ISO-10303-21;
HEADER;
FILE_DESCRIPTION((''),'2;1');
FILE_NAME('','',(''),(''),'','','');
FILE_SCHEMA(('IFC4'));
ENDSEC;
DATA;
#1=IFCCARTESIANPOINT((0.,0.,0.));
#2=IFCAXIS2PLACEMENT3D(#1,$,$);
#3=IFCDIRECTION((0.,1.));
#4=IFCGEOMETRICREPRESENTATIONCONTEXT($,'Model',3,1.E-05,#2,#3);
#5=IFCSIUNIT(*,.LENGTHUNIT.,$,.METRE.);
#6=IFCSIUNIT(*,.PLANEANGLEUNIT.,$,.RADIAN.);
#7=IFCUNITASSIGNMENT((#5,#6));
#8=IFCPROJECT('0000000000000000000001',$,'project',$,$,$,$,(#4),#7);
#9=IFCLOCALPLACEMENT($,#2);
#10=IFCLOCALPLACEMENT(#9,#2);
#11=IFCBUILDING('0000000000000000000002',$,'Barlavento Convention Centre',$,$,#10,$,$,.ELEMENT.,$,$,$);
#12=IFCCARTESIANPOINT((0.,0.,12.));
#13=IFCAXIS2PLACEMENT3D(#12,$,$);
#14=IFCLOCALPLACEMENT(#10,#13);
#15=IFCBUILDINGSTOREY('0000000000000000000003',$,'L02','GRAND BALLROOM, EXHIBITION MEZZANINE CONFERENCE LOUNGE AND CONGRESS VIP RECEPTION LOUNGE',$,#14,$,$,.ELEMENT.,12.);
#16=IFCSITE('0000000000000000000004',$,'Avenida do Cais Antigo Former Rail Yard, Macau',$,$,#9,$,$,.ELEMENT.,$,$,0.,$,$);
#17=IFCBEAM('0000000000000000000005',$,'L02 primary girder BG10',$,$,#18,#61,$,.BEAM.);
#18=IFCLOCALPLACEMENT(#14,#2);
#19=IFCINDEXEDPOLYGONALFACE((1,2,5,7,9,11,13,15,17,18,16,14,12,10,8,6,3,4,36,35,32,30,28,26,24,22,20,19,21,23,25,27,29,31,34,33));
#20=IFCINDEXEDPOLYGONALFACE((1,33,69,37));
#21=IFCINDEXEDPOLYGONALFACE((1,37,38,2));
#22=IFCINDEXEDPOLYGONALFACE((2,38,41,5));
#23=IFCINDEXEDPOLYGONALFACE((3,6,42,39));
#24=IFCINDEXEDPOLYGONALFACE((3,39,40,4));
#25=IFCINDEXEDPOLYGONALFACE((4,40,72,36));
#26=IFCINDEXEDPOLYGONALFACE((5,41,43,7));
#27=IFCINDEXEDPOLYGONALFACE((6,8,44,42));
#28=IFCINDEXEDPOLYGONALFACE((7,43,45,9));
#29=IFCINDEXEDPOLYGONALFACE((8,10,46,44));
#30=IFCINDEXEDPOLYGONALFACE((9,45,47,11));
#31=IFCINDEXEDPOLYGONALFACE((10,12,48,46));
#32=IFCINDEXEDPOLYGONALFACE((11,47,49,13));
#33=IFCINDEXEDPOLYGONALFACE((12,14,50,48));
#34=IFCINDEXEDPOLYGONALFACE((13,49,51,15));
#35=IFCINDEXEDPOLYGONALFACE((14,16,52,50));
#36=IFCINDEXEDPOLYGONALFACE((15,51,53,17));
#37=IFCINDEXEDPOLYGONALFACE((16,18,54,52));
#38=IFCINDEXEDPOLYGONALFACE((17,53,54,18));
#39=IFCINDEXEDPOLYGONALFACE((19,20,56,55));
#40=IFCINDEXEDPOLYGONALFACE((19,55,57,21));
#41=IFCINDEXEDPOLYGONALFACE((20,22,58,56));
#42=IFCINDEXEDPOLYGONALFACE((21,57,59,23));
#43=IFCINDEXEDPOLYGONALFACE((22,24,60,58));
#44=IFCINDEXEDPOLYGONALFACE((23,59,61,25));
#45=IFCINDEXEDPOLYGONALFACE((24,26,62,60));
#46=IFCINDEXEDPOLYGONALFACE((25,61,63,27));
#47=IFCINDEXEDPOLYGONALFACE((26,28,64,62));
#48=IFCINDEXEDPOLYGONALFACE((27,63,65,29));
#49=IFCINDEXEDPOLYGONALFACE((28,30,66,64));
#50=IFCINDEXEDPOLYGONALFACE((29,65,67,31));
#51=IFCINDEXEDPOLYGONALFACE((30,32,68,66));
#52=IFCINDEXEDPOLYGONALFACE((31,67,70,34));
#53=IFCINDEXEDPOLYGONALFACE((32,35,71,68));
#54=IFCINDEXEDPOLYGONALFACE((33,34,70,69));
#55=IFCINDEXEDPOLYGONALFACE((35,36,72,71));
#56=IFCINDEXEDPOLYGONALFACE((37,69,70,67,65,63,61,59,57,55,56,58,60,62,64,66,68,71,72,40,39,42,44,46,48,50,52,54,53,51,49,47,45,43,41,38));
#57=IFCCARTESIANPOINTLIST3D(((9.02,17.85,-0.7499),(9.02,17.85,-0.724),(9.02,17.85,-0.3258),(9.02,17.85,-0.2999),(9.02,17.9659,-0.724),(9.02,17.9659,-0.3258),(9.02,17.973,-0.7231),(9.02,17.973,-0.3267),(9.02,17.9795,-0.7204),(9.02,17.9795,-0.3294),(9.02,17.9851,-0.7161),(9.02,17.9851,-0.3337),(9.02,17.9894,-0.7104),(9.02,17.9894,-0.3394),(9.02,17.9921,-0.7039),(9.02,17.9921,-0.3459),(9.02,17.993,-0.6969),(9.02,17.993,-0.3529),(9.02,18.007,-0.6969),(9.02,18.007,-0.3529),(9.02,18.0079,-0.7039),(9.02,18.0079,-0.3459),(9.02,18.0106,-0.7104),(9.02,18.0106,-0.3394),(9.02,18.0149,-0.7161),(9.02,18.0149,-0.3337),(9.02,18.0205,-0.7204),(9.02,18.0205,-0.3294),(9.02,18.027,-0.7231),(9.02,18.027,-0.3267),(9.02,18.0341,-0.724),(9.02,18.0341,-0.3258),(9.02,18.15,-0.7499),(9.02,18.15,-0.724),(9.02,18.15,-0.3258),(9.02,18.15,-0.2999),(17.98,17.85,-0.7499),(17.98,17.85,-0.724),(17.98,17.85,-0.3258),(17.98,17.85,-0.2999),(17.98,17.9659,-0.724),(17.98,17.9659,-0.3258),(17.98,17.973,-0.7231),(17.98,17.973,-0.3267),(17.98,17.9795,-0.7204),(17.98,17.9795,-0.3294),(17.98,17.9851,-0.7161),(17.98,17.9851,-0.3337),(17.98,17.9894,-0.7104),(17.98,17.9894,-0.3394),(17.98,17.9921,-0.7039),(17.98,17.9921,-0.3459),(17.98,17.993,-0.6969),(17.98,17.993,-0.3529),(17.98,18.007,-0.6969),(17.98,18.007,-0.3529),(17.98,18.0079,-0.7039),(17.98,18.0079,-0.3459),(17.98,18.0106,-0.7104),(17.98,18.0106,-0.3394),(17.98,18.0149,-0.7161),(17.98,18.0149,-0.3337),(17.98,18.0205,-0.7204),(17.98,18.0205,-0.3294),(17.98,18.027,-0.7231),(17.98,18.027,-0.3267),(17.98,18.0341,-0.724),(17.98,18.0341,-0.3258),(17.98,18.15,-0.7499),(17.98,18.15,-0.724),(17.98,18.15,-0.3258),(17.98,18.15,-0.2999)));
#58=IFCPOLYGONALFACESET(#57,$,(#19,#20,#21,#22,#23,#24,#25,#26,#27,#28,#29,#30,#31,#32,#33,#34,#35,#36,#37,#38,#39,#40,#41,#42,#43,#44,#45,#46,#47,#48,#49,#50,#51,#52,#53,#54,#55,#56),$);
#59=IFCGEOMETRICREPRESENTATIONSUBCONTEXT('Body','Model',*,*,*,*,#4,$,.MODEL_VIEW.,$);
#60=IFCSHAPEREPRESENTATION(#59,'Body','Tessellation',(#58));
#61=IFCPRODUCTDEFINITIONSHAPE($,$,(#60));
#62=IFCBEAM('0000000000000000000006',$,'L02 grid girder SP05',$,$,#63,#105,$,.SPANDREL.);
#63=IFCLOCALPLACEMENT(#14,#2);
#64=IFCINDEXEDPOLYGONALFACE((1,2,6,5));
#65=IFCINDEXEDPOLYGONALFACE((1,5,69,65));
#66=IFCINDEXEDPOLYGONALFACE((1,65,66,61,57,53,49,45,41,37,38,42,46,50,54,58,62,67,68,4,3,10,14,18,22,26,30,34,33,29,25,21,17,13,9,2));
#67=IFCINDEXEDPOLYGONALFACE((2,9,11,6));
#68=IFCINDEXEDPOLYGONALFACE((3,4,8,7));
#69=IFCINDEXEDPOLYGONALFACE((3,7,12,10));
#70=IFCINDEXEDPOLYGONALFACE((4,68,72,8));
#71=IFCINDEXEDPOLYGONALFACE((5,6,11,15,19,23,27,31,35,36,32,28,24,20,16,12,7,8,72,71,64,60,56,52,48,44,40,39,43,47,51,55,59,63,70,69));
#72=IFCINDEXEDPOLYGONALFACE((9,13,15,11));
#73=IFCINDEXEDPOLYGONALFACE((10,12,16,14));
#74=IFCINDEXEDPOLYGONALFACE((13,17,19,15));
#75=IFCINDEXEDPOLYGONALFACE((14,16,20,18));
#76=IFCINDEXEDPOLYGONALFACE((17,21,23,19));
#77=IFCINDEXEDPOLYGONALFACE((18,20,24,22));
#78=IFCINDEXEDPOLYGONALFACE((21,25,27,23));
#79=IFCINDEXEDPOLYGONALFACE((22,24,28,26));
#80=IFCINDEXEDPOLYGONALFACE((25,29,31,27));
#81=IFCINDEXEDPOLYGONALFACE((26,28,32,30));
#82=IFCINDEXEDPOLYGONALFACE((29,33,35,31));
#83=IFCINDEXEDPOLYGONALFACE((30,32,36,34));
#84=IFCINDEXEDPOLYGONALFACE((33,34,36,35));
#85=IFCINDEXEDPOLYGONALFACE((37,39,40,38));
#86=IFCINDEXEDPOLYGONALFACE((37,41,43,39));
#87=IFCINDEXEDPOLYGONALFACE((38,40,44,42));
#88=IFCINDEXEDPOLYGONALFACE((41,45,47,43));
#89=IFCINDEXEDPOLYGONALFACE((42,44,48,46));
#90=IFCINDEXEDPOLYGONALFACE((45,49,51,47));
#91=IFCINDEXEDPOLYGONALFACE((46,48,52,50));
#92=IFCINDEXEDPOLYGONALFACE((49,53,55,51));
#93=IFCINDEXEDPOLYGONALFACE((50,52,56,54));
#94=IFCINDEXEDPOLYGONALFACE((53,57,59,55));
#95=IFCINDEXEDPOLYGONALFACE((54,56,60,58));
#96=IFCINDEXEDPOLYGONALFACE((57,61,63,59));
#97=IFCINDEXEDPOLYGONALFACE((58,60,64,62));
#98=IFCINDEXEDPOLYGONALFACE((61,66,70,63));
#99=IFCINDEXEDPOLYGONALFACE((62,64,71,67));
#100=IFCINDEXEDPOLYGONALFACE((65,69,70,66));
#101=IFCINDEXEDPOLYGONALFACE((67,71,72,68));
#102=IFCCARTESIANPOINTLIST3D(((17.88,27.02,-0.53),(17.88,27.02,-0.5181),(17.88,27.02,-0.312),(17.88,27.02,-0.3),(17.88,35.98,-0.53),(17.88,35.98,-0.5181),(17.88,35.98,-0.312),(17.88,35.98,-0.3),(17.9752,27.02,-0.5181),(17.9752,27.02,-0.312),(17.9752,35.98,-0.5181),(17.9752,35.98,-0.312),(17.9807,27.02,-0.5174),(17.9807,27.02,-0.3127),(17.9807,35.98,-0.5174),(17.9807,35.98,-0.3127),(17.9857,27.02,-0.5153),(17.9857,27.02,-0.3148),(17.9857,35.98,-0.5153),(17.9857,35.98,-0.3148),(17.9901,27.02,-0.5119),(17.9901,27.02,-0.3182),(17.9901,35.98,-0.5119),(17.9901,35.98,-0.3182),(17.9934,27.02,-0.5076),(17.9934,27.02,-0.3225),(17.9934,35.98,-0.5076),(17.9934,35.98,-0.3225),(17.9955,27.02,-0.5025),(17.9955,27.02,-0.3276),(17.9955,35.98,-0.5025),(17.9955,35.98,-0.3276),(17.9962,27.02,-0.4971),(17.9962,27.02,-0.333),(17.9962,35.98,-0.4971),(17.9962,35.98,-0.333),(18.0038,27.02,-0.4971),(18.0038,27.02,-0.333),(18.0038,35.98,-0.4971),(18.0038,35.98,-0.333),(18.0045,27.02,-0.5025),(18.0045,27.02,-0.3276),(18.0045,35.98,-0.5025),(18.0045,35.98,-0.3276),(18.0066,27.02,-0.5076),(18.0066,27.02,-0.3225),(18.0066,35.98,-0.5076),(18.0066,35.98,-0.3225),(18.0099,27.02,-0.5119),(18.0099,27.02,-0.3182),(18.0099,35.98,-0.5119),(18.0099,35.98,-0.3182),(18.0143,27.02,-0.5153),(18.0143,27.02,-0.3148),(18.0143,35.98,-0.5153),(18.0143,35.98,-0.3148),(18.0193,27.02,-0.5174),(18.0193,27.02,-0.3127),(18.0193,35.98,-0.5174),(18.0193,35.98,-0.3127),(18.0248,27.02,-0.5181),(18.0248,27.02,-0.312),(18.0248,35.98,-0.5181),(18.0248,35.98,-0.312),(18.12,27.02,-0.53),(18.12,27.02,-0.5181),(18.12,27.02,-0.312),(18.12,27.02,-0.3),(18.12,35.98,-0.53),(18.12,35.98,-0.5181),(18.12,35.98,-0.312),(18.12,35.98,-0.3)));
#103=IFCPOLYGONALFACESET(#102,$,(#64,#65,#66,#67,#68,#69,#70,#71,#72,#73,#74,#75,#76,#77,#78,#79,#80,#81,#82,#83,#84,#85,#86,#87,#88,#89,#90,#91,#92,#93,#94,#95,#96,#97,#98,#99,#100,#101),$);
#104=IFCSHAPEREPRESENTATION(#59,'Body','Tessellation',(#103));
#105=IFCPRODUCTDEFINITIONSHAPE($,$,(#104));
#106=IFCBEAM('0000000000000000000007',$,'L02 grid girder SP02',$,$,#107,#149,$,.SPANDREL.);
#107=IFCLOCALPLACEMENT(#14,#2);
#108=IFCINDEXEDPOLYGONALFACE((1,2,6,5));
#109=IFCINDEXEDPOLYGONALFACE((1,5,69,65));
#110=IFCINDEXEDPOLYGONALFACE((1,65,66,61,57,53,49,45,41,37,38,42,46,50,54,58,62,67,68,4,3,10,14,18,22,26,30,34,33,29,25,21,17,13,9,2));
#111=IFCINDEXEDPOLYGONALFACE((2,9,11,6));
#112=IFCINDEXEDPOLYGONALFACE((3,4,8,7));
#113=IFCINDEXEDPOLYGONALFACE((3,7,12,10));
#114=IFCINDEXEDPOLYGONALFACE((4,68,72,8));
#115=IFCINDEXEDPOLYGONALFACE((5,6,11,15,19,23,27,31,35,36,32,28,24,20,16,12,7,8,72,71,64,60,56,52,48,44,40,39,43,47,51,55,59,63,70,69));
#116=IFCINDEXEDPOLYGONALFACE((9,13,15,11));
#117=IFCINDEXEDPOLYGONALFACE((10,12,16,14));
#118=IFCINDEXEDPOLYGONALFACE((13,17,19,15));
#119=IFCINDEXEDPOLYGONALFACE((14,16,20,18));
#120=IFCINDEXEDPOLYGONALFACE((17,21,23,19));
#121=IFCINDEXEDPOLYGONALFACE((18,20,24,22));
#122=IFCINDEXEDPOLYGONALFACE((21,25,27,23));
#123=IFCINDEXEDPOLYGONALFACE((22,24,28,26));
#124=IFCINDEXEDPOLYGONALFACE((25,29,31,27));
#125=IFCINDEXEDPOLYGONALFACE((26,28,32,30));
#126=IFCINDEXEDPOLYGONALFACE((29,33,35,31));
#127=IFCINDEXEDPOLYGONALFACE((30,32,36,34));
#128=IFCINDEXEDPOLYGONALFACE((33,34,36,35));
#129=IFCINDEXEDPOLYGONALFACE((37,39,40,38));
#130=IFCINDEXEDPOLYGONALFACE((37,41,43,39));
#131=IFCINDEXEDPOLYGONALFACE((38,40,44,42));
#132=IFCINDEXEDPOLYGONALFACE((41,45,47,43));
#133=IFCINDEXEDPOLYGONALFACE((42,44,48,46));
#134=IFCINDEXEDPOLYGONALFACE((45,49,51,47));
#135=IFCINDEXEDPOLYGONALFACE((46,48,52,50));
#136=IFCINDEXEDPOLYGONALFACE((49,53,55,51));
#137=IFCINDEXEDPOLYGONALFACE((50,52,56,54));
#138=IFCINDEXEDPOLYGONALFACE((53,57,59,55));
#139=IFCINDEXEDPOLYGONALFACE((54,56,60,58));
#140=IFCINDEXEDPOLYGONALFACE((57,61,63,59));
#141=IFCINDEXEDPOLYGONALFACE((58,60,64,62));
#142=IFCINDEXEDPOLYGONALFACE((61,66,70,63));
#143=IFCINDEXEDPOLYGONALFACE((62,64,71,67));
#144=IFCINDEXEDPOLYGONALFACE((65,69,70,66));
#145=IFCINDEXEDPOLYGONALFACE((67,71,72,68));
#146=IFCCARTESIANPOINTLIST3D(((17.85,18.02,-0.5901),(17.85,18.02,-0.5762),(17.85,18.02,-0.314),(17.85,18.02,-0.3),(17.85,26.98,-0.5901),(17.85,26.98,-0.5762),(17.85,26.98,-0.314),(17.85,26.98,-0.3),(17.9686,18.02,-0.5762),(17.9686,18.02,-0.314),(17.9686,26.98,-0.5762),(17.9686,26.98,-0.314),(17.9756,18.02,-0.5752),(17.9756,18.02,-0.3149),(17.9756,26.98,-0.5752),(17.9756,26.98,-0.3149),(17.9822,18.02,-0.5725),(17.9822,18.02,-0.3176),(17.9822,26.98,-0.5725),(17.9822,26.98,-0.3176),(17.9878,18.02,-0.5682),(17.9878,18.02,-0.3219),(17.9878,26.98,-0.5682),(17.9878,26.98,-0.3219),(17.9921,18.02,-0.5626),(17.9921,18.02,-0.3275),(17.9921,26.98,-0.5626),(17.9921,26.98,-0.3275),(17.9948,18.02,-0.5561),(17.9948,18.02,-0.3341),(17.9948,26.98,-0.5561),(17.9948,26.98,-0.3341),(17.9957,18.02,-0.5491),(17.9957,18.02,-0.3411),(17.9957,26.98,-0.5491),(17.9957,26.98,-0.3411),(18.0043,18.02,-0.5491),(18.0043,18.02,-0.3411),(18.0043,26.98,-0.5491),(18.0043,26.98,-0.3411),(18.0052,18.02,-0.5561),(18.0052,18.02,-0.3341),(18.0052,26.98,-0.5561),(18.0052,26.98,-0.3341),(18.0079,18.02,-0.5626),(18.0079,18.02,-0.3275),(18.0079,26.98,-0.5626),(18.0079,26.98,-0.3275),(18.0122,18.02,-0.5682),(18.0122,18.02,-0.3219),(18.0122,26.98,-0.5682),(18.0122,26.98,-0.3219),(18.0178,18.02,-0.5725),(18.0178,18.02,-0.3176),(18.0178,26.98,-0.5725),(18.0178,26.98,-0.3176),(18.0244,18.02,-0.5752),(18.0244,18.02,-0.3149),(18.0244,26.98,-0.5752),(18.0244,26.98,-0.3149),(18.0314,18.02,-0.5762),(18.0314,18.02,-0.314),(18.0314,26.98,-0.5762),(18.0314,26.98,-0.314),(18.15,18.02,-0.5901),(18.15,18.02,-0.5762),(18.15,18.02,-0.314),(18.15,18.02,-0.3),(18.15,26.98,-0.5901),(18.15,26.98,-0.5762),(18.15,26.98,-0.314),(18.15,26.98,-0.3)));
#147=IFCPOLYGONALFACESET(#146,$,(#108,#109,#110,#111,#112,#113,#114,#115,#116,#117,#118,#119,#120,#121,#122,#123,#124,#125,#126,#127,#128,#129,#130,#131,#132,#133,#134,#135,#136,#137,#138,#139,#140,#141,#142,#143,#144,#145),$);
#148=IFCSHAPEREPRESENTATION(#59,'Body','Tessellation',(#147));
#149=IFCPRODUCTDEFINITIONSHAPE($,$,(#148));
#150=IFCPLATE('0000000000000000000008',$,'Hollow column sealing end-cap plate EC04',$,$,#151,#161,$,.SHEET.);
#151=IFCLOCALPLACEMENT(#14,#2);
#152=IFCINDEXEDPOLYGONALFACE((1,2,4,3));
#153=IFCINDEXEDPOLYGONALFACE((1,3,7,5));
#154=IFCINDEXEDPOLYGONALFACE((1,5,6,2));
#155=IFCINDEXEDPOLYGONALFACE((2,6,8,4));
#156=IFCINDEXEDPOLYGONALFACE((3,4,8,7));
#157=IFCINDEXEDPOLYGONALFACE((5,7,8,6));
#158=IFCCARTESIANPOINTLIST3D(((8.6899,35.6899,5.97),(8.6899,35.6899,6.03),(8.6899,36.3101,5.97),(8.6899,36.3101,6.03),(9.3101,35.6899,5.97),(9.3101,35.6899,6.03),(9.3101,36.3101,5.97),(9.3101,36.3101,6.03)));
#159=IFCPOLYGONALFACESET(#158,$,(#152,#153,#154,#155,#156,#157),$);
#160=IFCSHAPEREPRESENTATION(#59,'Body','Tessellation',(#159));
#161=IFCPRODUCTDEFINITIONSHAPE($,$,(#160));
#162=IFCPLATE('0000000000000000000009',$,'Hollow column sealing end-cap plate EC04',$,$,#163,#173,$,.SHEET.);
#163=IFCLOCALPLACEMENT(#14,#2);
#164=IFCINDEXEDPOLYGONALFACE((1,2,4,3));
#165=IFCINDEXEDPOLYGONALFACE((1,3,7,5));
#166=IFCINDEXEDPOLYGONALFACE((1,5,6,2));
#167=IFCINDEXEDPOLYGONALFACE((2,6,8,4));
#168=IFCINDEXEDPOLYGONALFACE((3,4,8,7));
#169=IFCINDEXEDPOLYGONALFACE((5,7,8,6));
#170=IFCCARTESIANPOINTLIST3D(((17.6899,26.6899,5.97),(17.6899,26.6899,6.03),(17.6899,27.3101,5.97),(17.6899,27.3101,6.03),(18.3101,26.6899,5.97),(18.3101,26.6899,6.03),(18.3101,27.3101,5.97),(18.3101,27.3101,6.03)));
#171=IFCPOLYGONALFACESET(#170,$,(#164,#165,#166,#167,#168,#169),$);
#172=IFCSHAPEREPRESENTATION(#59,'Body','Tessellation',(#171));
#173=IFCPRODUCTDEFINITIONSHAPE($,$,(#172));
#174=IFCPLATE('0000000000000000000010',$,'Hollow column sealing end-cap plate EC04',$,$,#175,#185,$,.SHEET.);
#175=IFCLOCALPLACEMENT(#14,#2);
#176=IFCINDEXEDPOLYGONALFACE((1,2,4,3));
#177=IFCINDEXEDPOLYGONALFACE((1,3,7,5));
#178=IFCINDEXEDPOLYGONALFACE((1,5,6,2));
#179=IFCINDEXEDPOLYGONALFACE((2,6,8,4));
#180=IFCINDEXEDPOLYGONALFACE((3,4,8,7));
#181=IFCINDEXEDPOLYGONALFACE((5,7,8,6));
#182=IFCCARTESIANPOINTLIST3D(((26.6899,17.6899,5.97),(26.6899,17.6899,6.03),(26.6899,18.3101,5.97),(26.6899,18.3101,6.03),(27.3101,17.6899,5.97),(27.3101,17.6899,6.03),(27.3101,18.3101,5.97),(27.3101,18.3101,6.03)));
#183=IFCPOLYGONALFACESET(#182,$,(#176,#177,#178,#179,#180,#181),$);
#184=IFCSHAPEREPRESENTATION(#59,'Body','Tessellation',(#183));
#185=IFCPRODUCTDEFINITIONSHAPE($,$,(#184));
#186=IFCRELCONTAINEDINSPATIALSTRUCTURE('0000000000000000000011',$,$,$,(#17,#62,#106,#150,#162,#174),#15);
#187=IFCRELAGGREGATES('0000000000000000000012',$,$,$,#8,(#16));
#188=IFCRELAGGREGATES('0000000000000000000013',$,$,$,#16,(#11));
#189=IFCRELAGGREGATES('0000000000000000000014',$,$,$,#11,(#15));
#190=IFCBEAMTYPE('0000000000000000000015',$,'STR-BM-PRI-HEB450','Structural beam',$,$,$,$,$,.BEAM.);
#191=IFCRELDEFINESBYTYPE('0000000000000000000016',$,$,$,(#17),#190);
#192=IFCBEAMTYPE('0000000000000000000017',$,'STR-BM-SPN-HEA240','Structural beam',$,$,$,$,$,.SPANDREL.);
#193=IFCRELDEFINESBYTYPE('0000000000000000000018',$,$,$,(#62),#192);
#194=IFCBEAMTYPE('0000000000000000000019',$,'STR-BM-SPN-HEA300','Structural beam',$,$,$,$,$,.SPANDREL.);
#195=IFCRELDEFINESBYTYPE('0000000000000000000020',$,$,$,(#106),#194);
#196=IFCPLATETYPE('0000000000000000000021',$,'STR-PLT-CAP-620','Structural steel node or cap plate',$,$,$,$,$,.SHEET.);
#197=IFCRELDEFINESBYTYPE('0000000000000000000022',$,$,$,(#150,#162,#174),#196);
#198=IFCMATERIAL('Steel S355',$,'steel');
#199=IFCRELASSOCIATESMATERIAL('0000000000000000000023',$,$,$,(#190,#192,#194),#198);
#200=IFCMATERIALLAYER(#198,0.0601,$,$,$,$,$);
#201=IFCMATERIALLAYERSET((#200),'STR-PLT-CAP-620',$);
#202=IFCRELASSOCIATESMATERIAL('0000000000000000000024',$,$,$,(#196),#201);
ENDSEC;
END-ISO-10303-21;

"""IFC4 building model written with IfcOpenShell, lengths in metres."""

from ifc_helpers import new_model, si_unit, direction, frame, origin, origin_2d, place, context, subcontext, project, spatial, rectangle, i_section, extrude, material, layer, layer_set, material_profile, profile_set, type_object, element, save


model = new_model("IFC4")

# Units and contexts
model_context = context("Model", 3, precision=1e-05, world=origin(), true_north=direction((0.0, 1.0)))
body_context = subcontext(model_context, "Body", "Model", "MODEL_VIEW")
ifc_project = project(units=[si_unit("LENGTHUNIT", "METRE"), si_unit("PLANEANGLEUNIT", "RADIAN")], contexts=[model_context])

# Site, building, storey
site_placement = place(None, origin())
site = spatial("IfcSite", under=ifc_project, at=site_placement, Name="Avenida do Cais Antigo Former Rail Yard, Macau", CompositionType="ELEMENT", RefElevation=0.0)
building_placement = place(site_placement, origin())
building = spatial("IfcBuilding", under=site, at=building_placement, Name="Barlavento Convention Centre", CompositionType="ELEMENT")
storey_placement = place(building_placement, frame((0.0, 0.0, 12.0)))
storey = spatial("IfcBuildingStorey", under=building, at=storey_placement, Name="L02", Description="GRAND BALLROOM, EXHIBITION MEZZANINE CONFERENCE LOUNGE AND CONGRESS VIP RECEPTION LOUNGE", CompositionType="ELEMENT", Elevation=12.0)

# Shared definitions
ifc_material_1 = material(Name="Steel S355", Category="steel")

# Beams
ifc_material_profile_1 = material_profile(ifc_material_1, i_section(OverallWidth=0.3, OverallDepth=0.45, WebThickness=0.0139, FlangeThickness=0.0259, FilletRadius=0.0271, at=origin_2d()), Name="HEB 450")
ifc_profile_set_1 = profile_set([ifc_material_profile_1], Name="Steel S355")
beam_type_1 = type_object("IfcBeamType", Name="STR-BM-PRI-HEB450", Description="Structural beam", PredefinedType="BEAM", material=ifc_profile_set_1)
beam_1_placement = place(storey_placement, frame((9.02, 18.0, -0.5249), z_axis=(1.0, 0.0, 0.0), x_axis=(0.0, 1.0, 0.0)))
element("IfcBeam", 1, at=beam_1_placement, inside=storey, type_object=beam_type_1, Name="L02 primary girder BG10", PredefinedType="BEAM", context=body_context, shape_type="SweptSolid", body=[
    extrude(i_section(OverallWidth=0.3, OverallDepth=0.45, WebThickness=0.0139, FlangeThickness=0.0259, FilletRadius=0.0271, at=origin_2d()), origin(), (0.0, 0.0, 1.0), 8.96),
])
ifc_material_profile_2 = material_profile(ifc_material_1, i_section(OverallWidth=0.24, OverallDepth=0.23, WebThickness=0.0076, FlangeThickness=0.012, FilletRadius=0.021, at=origin_2d()), Name="HEA 240")
ifc_profile_set_2 = profile_set([ifc_material_profile_2], Name="Steel S355")
beam_type_2 = type_object("IfcBeamType", Name="STR-BM-SPN-HEA240", Description="Structural beam", PredefinedType="SPANDREL", material=ifc_profile_set_2)
beam_2_placement = place(storey_placement, frame((18.0, 27.02, -0.415), z_axis=(0.0, 1.0, 0.0), x_axis=(-1.0, 0.0, 0.0)))
element("IfcBeam", 2, at=beam_2_placement, inside=storey, type_object=beam_type_2, Name="L02 grid girder SP05", PredefinedType="SPANDREL", context=body_context, shape_type="SweptSolid", body=[
    extrude(i_section(OverallWidth=0.24, OverallDepth=0.23, WebThickness=0.0076, FlangeThickness=0.012, FilletRadius=0.021, at=origin_2d()), origin(), (0.0, 0.0, 1.0), 8.96),
])
ifc_material_profile_3 = material_profile(ifc_material_1, i_section(OverallWidth=0.3, OverallDepth=0.29, WebThickness=0.0085, FlangeThickness=0.0139, FilletRadius=0.0271, at=origin_2d()), Name="HEA 300")
ifc_profile_set_3 = profile_set([ifc_material_profile_3], Name="Steel S355")
beam_type_3 = type_object("IfcBeamType", Name="STR-BM-SPN-HEA300", Description="Structural beam", PredefinedType="SPANDREL", material=ifc_profile_set_3)
beam_3_placement = place(storey_placement, frame((18.0, 18.02, -0.4451), z_axis=(0.0, 1.0, 0.0), x_axis=(-1.0, 0.0, 0.0)))
element("IfcBeam", 3, at=beam_3_placement, inside=storey, type_object=beam_type_3, Name="L02 grid girder SP02", PredefinedType="SPANDREL", context=body_context, shape_type="SweptSolid", body=[
    extrude(i_section(OverallWidth=0.3, OverallDepth=0.29, WebThickness=0.0085, FlangeThickness=0.0139, FilletRadius=0.0271, at=origin_2d()), origin(), (0.0, 0.0, 1.0), 8.96),
])

# Plates
ifc_layer_1 = layer(ifc_material_1, 0.0601)
ifc_layer_set_1 = layer_set([ifc_layer_1], Name="STR-PLT-CAP-620")
plate_type = type_object("IfcPlateType", Name="STR-PLT-CAP-620", Description="Structural steel node or cap plate", PredefinedType="SHEET", material=ifc_layer_set_1)
for number, where, z_axis, x_axis, name in (
    (4, (9.0, 36.0, 5.97), (0.0, 0.0, 1.0), (1.0, 0.0, 0.0), "Hollow column sealing end-cap plate EC04"),
    (5, (18.0, 27.0, 5.97), (0.0, 0.0, 1.0), (1.0, 0.0, 0.0), "Hollow column sealing end-cap plate EC04"),
    (6, (27.0, 18.0, 5.97), (0.0, 0.0, 1.0), (1.0, 0.0, 0.0), "Hollow column sealing end-cap plate EC04"),
):
    element("IfcPlate", number, at=place(storey_placement, frame(where, z_axis=z_axis, x_axis=x_axis)), inside=storey, type_object=plate_type, Name=name, PredefinedType="SHEET", context=body_context, shape_type="SweptSolid", body=[
        extrude(rectangle(XDim=0.6201, YDim=0.6201, at=origin_2d()), origin(), (0.0, 0.0, 1.0), 0.0601),
    ])

save(model, "model.ifc")
